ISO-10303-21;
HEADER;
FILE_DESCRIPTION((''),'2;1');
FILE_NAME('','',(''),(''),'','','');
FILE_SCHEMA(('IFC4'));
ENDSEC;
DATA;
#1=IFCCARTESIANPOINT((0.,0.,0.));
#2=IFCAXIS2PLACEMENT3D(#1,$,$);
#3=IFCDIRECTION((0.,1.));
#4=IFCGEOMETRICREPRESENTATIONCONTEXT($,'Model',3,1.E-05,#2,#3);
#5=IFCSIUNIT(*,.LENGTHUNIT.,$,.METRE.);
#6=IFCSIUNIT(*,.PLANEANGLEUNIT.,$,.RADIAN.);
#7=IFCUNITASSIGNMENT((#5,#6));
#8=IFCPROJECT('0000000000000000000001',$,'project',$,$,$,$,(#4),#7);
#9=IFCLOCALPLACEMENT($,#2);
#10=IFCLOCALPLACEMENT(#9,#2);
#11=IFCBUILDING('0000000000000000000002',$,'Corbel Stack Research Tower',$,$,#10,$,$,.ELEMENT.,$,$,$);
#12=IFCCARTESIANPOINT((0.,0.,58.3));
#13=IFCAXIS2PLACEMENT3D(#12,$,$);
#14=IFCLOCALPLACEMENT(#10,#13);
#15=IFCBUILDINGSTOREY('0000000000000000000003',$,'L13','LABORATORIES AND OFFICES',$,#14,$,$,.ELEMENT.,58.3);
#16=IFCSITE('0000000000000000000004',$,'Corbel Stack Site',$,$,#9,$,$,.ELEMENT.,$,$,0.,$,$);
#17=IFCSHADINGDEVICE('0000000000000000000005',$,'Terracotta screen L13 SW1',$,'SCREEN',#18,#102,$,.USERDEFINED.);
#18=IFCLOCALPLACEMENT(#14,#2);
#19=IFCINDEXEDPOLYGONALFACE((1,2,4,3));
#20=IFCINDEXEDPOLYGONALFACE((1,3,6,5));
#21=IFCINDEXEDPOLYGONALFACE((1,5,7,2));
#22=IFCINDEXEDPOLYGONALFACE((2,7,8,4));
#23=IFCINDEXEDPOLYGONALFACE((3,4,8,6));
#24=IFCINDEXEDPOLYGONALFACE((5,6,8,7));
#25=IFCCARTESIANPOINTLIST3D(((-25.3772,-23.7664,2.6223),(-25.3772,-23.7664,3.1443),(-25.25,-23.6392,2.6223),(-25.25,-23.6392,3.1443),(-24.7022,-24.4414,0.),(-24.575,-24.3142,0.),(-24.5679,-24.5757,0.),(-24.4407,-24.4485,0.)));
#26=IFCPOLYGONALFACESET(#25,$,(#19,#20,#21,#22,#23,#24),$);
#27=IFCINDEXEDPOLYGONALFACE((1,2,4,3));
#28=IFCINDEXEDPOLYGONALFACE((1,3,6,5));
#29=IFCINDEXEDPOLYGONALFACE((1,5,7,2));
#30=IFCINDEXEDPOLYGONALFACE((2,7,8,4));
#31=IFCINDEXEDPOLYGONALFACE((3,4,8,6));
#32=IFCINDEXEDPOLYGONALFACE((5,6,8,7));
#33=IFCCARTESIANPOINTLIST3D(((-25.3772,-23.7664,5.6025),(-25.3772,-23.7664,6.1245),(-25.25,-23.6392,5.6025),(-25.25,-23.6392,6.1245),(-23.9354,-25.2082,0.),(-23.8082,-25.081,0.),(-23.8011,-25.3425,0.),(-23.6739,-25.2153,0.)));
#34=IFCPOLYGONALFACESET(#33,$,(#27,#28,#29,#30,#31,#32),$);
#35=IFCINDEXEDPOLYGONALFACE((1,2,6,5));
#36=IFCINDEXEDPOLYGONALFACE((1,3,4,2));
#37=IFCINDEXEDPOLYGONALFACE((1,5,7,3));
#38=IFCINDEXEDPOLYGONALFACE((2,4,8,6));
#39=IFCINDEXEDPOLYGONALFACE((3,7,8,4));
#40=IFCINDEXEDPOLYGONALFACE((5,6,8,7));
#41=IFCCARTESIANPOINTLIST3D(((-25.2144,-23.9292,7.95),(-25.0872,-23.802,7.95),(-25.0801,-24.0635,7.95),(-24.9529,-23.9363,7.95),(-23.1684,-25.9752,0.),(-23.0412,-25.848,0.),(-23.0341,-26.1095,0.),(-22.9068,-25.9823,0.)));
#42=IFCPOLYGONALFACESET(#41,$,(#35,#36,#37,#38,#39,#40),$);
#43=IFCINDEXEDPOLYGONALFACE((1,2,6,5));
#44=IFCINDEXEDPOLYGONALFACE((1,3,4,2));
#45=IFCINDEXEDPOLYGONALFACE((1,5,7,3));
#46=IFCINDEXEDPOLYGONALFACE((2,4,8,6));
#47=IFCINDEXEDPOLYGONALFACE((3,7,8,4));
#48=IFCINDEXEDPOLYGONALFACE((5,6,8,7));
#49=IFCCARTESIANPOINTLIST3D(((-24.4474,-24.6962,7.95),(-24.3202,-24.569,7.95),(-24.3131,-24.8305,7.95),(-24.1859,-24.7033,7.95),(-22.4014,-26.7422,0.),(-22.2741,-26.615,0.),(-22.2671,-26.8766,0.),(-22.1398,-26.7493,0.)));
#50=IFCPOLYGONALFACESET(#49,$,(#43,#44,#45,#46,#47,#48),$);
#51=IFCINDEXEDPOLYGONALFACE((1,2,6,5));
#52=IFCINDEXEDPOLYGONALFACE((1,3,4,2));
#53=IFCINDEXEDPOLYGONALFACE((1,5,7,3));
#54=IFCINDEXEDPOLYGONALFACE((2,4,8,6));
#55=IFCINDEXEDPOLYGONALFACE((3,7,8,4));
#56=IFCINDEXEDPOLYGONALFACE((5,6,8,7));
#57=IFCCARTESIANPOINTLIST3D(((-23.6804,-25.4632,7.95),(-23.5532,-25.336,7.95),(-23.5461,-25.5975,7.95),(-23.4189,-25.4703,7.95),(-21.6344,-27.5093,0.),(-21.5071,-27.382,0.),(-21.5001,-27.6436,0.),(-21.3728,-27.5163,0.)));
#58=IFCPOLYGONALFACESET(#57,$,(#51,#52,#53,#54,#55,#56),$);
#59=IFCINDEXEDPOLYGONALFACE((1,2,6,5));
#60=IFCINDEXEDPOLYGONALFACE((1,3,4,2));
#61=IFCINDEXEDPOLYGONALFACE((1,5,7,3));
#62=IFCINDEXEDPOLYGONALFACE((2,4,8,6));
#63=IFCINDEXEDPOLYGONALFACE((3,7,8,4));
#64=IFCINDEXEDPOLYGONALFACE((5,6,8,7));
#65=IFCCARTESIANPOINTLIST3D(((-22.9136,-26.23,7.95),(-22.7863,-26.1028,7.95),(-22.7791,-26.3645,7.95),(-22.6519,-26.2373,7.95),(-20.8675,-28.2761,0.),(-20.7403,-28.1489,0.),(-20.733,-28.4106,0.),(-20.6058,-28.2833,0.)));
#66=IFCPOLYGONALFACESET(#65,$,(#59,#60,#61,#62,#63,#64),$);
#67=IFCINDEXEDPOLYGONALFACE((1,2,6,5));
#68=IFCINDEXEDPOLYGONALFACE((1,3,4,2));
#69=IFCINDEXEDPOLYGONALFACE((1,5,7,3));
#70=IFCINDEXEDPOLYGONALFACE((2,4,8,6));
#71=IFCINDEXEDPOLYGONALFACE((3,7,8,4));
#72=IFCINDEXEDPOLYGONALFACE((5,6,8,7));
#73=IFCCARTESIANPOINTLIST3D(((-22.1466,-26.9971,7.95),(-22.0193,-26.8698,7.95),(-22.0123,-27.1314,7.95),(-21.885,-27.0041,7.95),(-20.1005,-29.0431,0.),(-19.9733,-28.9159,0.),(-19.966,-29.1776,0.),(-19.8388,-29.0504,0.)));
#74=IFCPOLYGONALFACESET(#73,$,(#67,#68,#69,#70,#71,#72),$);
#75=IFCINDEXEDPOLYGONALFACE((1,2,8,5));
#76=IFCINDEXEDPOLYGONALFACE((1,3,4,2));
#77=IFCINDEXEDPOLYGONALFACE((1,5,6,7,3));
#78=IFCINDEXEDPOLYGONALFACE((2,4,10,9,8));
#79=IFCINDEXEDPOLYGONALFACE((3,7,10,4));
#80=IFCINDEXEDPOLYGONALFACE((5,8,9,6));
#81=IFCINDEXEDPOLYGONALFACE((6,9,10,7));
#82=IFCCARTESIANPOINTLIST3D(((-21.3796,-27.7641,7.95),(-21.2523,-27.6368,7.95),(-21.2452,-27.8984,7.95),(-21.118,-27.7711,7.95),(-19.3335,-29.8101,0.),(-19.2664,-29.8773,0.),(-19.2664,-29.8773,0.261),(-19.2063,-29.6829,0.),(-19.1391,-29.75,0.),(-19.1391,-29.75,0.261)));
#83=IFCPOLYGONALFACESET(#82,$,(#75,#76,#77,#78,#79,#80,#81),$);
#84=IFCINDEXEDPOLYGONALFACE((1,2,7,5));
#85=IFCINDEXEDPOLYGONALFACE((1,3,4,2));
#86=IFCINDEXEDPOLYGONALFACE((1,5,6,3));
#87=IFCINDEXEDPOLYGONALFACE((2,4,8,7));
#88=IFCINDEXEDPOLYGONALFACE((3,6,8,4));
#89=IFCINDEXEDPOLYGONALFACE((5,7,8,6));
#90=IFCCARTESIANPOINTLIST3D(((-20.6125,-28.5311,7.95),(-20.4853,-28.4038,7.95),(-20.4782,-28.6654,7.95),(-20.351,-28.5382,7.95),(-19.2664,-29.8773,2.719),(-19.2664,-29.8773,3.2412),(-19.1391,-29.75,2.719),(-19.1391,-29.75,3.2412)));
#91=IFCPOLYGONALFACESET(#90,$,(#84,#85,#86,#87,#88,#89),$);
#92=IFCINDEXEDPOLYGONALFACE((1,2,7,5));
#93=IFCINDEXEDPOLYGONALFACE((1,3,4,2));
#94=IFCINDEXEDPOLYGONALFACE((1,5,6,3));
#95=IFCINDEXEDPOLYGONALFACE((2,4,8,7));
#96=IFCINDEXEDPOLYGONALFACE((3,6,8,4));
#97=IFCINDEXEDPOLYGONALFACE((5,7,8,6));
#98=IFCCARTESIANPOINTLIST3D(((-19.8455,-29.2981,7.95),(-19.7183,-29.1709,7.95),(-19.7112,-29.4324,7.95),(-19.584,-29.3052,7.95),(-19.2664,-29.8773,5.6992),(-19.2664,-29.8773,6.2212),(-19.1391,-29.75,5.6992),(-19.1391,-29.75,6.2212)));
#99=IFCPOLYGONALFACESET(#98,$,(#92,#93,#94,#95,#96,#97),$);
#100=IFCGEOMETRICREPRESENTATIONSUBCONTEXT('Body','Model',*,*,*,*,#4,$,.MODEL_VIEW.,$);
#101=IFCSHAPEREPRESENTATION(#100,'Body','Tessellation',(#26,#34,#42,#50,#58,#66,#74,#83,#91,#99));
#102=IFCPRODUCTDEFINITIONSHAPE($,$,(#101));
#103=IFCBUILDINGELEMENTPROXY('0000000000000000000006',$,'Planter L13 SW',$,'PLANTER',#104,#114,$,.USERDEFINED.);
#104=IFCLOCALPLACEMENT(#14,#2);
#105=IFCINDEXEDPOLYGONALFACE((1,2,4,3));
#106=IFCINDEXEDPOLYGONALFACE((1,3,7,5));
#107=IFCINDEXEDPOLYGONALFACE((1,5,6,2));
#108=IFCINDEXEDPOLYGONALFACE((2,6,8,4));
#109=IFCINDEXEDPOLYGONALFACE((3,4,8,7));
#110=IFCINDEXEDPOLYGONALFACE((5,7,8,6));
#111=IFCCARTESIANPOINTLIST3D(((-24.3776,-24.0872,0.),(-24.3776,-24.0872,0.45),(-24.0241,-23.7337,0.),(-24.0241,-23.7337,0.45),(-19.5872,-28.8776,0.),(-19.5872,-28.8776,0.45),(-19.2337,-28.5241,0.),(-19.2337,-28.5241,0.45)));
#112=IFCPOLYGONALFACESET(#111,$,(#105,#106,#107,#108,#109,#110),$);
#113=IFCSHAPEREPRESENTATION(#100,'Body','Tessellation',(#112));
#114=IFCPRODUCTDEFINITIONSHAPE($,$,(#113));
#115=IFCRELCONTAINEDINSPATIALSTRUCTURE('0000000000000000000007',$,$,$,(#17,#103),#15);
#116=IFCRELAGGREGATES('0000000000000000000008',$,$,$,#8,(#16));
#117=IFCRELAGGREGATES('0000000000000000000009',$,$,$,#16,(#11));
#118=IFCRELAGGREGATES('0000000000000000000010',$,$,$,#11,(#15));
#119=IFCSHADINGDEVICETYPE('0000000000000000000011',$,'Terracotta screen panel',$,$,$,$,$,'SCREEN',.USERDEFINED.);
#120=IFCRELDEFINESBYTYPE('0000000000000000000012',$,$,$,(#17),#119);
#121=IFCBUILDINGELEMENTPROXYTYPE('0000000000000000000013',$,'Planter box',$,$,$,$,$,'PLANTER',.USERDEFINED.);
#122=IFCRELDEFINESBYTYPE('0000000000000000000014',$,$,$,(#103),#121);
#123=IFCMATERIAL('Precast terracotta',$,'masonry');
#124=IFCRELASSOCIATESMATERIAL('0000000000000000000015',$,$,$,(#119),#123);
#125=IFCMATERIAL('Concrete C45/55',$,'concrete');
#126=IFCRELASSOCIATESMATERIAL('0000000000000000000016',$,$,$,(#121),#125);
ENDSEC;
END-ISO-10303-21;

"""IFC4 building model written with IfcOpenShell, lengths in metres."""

from ifc_helpers import new_model, si_unit, direction, frame, origin, origin_2d, place, context, subcontext, project, spatial, polyline, rectangle, outline, extrude, source, transform, mapped, material, type_object, element, save


model = new_model("IFC4")

# Units and contexts
model_context = context("Model", 3, precision=1e-05, world=origin(), true_north=direction((0.0, 1.0)))
body_context = subcontext(model_context, "Body", "Model", "MODEL_VIEW")
ifc_project = project(units=[si_unit("LENGTHUNIT", "METRE"), si_unit("PLANEANGLEUNIT", "RADIAN")], contexts=[model_context])

# Site, building, storey
site_placement = place(None, origin())
site = spatial("IfcSite", under=ifc_project, at=site_placement, Name="Corbel Stack Site", CompositionType="ELEMENT", RefElevation=0.0)
building_placement = place(site_placement, origin())
building = spatial("IfcBuilding", under=site, at=building_placement, Name="Corbel Stack Research Tower", CompositionType="ELEMENT")
storey_placement = place(building_placement, frame((0.0, 0.0, 58.3)))
storey = spatial("IfcBuildingStorey", under=building, at=storey_placement, Name="L13", Description="LABORATORIES AND OFFICES", CompositionType="ELEMENT", Elevation=58.3)

# Shading device
ifc_material_1 = material(Name="Precast terracotta", Category="masonry")
shading_device_type = type_object("IfcShadingDeviceType", Name="Terracotta screen panel", ElementType="SCREEN", PredefinedType="USERDEFINED", material=ifc_material_1)
shared_shape_1 = source(origin(), body_context, "Body", "SweptSolid", [
    extrude(outline(polyline([(1.1445, 0.0), (0.0, 3.1443), (0.0, 2.6223), (0.9546, 0.0), (1.1445, 0.0)])), frame((0.0, 0.0, 0.0), z_axis=(0.0, -1.0, 0.0), x_axis=(1.0, 0.0, 0.0)), (0.0, 0.0, 1.0), 0.1799),
    extrude(outline(polyline([(2.229, 0.0), (0.0, 6.1245), (0.0, 5.6025), (2.0391, 0.0), (2.229, 0.0)])), frame((0.0, 0.0, 0.0), z_axis=(0.0, -1.0, 0.0), x_axis=(1.0, 0.0, 0.0)), (0.0, 0.0, 1.0), 0.1799),
    extrude(outline(polyline([(3.3137, 0.0), (0.4202, 7.95), (0.2302, 7.95), (3.1238, 0.0), (3.3137, 0.0)])), frame((0.0, 0.0, 0.0), z_axis=(0.0, -1.0, 0.0), x_axis=(1.0, 0.0, 0.0)), (0.0, 0.0, 1.0), 0.1799),
    extrude(outline(polyline([(4.3984, 0.0), (1.5049, 7.95), (1.3149, 7.95), (4.2085, 0.0), (4.3984, 0.0)])), frame((0.0, 0.0, 0.0), z_axis=(0.0, -1.0, 0.0), x_axis=(1.0, 0.0, 0.0)), (0.0, 0.0, 1.0), 0.1799),
    extrude(outline(polyline([(5.4832, 0.0), (2.5896, 7.95), (2.3997, 7.95), (5.2932, 0.0), (5.4832, 0.0)])), frame((0.0, 0.0, 0.0), z_axis=(0.0, -1.0, 0.0), x_axis=(1.0, 0.0, 0.0)), (0.0, 0.0, 1.0), 0.1799),
    extrude(outline(polyline([(6.5679, 0.0), (3.6743, 7.95), (3.4841, 7.95), (6.3777, 0.0), (6.5679, 0.0)])), frame((0.0, 0.0, 0.0), z_axis=(0.0, -1.0, 0.0), x_axis=(1.0, 0.0, 0.0)), (0.0, 0.0, 1.0), 0.1799),
    extrude(outline(polyline([(7.6526, 0.0), (4.7588, 7.95), (4.5688, 7.95), (7.4624, 0.0), (7.6526, 0.0)])), frame((0.0, 0.0, 0.0), z_axis=(0.0, -1.0, 0.0), x_axis=(1.0, 0.0, 0.0)), (0.0, 0.0, 1.0), 0.1799),
    extrude(outline(polyline([(8.6421, 0.0), (8.6421, 0.261), (5.8435, 7.95), (5.6536, 7.95), (8.5471, 0.0), (8.6421, 0.0)])), frame((0.0, 0.0, 0.0), z_axis=(0.0, -1.0, 0.0), x_axis=(1.0, 0.0, 0.0)), (0.0, 0.0, 1.0), 0.1799),
    extrude(outline(polyline([(6.9282, 7.95), (6.7383, 7.95), (8.6421, 2.719), (8.6421, 3.2412), (6.9282, 7.95)])), frame((0.0, 0.0, 0.0), z_axis=(0.0, -1.0, 0.0), x_axis=(1.0, 0.0, 0.0)), (0.0, 0.0, 1.0), 0.1799),
    extrude(outline(polyline([(8.0129, 7.95), (7.823, 7.95), (8.6421, 5.6992), (8.6421, 6.2212), (8.0129, 7.95)])), frame((0.0, 0.0, 0.0), z_axis=(0.0, -1.0, 0.0), x_axis=(1.0, 0.0, 0.0)), (0.0, 0.0, 1.0), 0.1799),
])
shading_device_1_placement = place(storey_placement, frame((-25.25, -23.6392, 0.0), z_axis=(0.0, 0.0, 1.0), x_axis=(0.707107, -0.707107, 0.0)))
element("IfcShadingDevice", 1, at=shading_device_1_placement, inside=storey, type_object=shading_device_type, Name="Terracotta screen L13 SW1", ObjectType="SCREEN", PredefinedType="USERDEFINED", context=body_context, shape_type="MappedRepresentation", body=[
    mapped(shared_shape_1, transform((0.0, 0.0, 0.0))),
])

# Building element proxy
ifc_material_2 = material(Name="Concrete C45/55", Category="concrete")
building_element_proxy_type = type_object("IfcBuildingElementProxyType", Name="Planter box", ElementType="PLANTER", PredefinedType="USERDEFINED", material=ifc_material_2)
proxy_placement = place(storey_placement, frame((-21.8057, -26.3057, 0.0), z_axis=(0.0, 0.0, 1.0), x_axis=(0.707107, -0.707107, 0.0)))
element("IfcBuildingElementProxy", 2, at=proxy_placement, inside=storey, type_object=building_element_proxy_type, Name="Planter L13 SW", ObjectType="PLANTER", PredefinedType="USERDEFINED", context=body_context, shape_type="SweptSolid", body=[
    extrude(rectangle(XDim=6.7747, YDim=0.5, at=origin_2d()), origin(), (0.0, 0.0, 1.0), 0.45),
])

save(model, "model.ifc")
